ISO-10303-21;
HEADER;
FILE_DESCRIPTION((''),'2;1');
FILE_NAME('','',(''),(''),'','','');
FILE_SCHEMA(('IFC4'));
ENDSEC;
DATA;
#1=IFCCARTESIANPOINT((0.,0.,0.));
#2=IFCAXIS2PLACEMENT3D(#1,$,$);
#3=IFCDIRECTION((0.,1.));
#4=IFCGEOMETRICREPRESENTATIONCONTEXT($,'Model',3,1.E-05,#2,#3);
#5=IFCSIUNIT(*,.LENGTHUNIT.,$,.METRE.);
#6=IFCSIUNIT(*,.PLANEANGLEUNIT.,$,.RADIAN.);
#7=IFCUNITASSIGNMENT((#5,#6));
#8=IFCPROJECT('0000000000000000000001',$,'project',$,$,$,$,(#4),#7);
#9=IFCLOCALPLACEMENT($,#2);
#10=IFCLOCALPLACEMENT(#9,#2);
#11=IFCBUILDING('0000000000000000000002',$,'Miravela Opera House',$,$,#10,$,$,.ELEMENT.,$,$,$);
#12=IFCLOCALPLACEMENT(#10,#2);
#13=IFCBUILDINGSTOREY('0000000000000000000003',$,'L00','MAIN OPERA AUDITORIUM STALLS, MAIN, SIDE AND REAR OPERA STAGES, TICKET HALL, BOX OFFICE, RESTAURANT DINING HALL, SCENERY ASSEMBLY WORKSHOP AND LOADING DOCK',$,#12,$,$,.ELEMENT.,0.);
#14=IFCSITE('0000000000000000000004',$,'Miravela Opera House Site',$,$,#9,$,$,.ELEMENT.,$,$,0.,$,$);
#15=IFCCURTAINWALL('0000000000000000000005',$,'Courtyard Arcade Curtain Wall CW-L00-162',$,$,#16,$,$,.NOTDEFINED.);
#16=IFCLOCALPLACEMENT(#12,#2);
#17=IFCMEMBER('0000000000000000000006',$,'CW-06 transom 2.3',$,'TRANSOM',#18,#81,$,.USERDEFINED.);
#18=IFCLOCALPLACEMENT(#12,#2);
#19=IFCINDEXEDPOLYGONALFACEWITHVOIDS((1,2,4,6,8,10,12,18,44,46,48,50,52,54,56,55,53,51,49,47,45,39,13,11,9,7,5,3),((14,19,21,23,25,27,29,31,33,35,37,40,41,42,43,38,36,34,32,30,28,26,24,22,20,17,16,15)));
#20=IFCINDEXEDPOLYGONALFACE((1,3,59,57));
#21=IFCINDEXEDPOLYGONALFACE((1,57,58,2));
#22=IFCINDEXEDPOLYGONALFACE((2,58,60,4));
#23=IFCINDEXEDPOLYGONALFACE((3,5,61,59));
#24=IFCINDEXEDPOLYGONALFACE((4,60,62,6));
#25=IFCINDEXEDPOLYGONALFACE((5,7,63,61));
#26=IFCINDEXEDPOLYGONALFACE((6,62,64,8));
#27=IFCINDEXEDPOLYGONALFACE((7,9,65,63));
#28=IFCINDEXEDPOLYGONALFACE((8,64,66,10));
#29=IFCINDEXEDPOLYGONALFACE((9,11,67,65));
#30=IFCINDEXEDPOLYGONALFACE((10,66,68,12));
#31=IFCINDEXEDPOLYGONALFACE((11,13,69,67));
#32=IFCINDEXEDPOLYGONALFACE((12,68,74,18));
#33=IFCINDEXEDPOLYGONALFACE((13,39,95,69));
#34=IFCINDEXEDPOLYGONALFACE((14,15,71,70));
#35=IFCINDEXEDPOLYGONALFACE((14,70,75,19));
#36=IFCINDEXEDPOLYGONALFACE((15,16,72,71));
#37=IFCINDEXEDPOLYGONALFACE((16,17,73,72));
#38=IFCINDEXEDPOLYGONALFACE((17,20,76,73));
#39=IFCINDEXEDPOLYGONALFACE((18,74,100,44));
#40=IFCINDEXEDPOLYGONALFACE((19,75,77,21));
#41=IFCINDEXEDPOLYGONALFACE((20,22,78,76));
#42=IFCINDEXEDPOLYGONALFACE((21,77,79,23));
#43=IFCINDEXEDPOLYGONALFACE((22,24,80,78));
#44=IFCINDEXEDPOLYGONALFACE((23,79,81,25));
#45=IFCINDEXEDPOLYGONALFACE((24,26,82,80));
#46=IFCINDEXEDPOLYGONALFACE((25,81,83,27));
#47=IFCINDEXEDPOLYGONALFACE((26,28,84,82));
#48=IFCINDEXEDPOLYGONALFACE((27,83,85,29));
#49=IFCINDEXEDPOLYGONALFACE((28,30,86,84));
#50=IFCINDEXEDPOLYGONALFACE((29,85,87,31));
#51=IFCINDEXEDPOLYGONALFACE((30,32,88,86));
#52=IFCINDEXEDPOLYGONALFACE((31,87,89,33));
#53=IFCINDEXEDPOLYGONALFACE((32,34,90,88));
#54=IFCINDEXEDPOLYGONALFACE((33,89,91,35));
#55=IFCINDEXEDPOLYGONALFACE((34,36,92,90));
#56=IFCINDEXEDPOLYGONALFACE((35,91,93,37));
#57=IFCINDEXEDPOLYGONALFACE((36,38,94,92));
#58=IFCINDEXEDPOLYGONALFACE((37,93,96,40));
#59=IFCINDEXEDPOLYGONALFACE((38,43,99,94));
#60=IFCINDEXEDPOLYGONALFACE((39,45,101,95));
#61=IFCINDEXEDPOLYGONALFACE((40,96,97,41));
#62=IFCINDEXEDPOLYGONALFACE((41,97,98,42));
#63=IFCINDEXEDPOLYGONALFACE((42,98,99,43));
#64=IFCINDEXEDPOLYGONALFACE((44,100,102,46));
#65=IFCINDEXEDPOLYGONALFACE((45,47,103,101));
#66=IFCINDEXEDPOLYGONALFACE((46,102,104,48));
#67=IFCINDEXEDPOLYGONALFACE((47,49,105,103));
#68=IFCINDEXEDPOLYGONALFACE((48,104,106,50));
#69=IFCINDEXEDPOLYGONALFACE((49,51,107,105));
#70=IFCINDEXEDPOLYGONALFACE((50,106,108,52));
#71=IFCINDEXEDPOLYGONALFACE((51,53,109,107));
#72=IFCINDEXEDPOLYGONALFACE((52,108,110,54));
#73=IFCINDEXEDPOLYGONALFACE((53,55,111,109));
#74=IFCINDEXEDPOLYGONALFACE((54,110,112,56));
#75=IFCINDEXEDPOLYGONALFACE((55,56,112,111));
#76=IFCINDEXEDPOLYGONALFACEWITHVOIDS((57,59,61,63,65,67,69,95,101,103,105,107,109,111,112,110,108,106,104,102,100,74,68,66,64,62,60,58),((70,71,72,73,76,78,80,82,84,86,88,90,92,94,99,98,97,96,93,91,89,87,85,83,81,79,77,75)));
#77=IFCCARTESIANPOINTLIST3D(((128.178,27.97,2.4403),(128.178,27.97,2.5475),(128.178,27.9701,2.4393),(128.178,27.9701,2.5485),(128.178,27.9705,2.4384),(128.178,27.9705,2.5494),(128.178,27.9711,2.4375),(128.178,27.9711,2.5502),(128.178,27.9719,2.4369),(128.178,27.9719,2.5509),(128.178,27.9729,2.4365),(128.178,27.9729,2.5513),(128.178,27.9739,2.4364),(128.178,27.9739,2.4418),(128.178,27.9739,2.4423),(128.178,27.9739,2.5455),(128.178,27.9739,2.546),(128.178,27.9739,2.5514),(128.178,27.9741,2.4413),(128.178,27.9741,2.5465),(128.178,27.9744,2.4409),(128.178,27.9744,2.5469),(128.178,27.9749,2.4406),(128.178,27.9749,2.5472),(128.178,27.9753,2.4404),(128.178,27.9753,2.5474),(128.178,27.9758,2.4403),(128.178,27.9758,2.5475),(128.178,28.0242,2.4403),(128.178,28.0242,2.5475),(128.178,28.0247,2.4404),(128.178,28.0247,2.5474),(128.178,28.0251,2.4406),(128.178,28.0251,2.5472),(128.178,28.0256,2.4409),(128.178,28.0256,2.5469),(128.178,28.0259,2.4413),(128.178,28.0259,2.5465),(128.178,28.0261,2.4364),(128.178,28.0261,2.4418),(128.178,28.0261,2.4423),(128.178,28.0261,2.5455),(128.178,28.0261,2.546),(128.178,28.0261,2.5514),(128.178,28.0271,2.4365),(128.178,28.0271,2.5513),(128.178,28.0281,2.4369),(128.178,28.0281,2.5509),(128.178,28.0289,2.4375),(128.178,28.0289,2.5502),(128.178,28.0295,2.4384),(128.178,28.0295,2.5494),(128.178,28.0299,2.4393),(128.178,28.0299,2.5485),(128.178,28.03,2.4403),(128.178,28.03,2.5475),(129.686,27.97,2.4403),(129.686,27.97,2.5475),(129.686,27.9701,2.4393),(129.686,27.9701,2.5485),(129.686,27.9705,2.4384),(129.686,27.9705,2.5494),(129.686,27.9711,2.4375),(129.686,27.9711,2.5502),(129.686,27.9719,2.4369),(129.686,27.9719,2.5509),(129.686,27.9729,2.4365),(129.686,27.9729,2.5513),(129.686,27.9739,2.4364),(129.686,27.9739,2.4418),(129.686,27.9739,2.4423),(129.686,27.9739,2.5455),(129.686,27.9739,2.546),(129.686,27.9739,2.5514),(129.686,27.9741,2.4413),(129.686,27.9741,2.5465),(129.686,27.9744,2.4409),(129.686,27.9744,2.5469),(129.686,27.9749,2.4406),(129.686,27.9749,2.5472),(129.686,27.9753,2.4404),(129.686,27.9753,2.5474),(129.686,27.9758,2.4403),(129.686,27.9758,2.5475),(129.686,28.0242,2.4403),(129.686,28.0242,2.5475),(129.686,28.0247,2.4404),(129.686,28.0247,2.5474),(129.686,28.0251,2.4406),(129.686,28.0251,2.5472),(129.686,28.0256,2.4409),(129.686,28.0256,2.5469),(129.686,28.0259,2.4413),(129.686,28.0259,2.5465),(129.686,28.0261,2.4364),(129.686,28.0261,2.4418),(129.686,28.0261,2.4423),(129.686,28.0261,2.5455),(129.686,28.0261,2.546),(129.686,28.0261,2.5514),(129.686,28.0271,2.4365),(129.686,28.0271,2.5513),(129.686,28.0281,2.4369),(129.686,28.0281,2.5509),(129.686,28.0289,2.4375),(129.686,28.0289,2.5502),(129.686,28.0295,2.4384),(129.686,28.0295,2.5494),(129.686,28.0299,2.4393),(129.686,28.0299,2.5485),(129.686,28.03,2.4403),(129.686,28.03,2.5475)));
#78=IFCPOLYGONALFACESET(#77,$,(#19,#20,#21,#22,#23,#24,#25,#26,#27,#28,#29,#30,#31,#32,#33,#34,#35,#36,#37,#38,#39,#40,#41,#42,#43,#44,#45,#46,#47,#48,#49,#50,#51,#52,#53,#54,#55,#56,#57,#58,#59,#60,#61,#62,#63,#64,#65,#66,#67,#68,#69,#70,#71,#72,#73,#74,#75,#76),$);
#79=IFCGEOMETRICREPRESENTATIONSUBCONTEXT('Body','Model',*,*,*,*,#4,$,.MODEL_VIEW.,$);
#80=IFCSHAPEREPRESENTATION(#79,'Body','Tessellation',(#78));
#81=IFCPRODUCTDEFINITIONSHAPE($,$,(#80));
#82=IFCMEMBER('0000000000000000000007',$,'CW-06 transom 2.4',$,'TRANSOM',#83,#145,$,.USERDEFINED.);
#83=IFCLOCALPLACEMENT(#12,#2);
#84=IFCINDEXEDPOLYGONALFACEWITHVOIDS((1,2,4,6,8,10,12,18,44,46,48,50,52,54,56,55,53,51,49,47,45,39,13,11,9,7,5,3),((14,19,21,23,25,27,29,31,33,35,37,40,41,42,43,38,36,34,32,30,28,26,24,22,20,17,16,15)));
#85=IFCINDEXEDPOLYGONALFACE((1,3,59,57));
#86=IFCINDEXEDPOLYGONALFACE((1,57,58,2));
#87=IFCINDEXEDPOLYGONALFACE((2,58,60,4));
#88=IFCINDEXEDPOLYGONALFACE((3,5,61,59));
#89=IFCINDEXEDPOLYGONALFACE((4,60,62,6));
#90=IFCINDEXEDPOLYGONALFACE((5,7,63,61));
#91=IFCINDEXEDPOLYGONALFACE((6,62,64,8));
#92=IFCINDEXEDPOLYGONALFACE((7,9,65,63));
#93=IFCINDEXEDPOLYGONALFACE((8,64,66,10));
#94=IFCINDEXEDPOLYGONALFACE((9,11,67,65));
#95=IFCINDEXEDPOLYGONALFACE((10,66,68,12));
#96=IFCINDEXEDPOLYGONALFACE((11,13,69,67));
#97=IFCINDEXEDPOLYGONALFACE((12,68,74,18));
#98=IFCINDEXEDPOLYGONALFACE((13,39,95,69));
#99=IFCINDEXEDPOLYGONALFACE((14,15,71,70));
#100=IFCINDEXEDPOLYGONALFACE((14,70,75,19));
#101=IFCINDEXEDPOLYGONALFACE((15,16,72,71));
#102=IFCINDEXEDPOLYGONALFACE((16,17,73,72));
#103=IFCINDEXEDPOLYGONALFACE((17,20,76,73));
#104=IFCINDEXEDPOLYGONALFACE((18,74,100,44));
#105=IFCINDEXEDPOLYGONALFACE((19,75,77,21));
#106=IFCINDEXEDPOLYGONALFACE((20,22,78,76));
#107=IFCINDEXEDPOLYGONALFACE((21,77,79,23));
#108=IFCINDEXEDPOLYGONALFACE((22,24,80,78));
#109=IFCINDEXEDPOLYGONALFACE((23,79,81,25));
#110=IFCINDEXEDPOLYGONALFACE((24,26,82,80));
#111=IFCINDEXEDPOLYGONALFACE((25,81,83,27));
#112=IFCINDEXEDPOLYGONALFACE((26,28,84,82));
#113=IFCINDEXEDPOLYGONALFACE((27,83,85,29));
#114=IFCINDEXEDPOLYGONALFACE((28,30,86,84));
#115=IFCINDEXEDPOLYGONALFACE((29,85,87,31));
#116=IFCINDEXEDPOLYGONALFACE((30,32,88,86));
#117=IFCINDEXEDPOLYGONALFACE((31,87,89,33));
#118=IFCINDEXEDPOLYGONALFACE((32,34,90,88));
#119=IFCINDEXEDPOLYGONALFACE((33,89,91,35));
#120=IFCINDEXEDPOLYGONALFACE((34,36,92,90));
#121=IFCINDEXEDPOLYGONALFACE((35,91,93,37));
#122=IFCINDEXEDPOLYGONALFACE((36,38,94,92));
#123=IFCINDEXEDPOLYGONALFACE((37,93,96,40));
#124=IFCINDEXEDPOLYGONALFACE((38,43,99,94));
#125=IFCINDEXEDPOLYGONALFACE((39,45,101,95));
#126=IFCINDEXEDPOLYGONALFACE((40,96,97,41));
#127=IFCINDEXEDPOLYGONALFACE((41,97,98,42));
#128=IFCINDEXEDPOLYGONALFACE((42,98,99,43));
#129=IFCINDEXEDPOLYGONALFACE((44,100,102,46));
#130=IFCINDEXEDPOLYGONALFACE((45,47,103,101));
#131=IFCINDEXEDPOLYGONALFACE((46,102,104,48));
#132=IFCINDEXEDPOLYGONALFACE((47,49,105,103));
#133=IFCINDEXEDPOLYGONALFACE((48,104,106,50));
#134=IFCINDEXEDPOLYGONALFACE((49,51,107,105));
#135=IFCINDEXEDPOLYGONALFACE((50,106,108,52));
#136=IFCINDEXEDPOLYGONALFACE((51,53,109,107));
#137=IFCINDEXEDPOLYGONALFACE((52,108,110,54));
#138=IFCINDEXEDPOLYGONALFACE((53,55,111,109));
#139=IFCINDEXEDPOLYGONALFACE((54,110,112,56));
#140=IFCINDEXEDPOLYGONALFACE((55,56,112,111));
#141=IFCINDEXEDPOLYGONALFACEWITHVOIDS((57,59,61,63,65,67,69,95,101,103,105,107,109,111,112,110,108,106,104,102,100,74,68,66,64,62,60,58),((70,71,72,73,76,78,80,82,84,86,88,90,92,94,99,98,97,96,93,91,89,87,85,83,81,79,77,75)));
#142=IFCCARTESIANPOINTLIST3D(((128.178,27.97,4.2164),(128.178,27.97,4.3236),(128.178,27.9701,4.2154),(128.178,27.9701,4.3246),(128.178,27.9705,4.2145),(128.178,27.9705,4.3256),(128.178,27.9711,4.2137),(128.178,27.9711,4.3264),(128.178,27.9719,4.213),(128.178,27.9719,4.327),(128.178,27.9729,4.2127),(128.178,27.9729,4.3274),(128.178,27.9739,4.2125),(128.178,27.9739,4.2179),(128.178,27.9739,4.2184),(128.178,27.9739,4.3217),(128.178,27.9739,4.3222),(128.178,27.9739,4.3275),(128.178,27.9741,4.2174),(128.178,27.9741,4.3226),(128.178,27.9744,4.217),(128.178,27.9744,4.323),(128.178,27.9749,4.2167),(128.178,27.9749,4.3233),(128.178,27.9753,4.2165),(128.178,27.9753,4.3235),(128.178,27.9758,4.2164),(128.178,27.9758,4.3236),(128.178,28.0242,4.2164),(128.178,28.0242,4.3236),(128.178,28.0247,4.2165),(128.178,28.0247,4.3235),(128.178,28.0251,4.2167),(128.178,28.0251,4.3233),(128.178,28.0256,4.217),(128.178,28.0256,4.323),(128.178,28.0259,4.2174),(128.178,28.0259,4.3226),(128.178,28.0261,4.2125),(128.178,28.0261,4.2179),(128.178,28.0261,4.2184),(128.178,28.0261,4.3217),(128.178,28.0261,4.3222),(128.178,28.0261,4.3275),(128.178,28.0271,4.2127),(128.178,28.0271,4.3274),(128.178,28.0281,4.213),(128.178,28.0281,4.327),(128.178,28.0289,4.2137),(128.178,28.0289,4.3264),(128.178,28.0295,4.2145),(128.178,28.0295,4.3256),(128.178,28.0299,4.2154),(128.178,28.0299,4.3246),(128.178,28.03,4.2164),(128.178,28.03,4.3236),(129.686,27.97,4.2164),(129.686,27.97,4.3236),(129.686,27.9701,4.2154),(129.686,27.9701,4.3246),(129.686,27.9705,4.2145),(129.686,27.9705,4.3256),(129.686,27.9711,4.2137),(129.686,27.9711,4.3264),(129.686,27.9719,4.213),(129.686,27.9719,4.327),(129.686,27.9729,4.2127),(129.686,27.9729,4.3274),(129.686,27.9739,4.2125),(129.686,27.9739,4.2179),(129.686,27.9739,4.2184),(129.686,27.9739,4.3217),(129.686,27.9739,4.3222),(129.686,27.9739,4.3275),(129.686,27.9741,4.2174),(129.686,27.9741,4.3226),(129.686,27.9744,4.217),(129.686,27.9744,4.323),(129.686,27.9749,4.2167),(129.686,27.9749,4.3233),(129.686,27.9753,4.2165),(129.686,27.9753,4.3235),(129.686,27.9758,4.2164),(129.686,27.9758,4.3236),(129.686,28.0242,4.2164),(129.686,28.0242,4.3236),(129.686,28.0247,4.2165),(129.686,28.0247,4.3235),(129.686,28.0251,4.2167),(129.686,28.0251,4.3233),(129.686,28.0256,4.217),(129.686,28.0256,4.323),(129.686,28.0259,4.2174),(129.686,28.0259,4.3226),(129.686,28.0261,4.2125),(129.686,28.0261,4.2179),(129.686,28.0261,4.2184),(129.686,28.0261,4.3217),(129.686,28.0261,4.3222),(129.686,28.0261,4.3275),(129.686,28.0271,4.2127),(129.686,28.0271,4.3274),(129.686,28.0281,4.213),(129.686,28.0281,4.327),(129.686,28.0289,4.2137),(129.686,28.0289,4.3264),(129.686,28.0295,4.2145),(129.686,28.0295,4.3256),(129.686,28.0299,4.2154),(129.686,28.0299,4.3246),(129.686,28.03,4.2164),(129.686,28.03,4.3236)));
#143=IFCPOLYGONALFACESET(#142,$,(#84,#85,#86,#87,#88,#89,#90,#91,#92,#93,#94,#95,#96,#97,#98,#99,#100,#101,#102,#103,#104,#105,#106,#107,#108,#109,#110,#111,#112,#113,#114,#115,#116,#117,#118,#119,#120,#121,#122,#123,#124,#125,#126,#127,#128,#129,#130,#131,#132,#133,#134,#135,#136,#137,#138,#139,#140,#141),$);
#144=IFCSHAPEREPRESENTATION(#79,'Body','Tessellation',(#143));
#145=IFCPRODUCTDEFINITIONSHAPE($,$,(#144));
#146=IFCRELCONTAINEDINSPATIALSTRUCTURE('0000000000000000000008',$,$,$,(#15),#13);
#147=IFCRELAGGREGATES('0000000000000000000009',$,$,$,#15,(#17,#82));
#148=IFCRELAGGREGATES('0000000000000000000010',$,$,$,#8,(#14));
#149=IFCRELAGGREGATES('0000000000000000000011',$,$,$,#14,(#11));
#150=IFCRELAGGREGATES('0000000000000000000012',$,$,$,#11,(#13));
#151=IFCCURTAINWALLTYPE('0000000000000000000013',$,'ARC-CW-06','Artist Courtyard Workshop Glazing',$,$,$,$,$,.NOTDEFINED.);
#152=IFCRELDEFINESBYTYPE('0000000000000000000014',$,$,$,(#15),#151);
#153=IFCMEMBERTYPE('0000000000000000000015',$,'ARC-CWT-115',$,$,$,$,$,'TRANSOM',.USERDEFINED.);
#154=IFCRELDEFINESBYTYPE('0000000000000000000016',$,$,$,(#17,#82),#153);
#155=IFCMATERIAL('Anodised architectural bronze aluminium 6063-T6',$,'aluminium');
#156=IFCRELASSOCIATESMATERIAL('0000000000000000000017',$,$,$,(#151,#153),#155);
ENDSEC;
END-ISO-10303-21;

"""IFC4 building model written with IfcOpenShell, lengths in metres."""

from ifc_helpers import new_model, si_unit, direction, frame, origin, origin_2d, place, context, subcontext, project, spatial, hollow_rectangle, extrude, material, material_profile, profile_set, type_object, element, aggregate, save


model = new_model("IFC4")

# Units and contexts
model_context = context("Model", 3, precision=1e-05, world=origin(), true_north=direction((0.0, 1.0)))
body_context = subcontext(model_context, "Body", "Model", "MODEL_VIEW")
ifc_project = project(units=[si_unit("LENGTHUNIT", "METRE"), si_unit("PLANEANGLEUNIT", "RADIAN")], contexts=[model_context])

# Site, building, storey
site_placement = place(None, origin())
site = spatial("IfcSite", under=ifc_project, at=site_placement, Name="Miravela Opera House Site", CompositionType="ELEMENT", RefElevation=0.0)
building_placement = place(site_placement, origin())
building = spatial("IfcBuilding", under=site, at=building_placement, Name="Miravela Opera House", CompositionType="ELEMENT")
storey_placement = place(building_placement, origin())
storey = spatial("IfcBuildingStorey", under=building, at=storey_placement, Name="L00", Description="MAIN OPERA AUDITORIUM STALLS, MAIN, SIDE AND REAR OPERA STAGES, TICKET HALL, BOX OFFICE, RESTAURANT DINING HALL, SCENERY ASSEMBLY WORKSHOP AND LOADING DOCK", CompositionType="ELEMENT", Elevation=0.0)

# Shared definitions
ifc_material_1 = material(Name="Anodised architectural bronze aluminium 6063-T6", Category="aluminium")
curtain_wall_type = type_object("IfcCurtainWallType", Name="ARC-CW-06", Description="Artist Courtyard Workshop Glazing", PredefinedType="NOTDEFINED", material=ifc_material_1)

# Curtain wall, members
curtain_wall_1_placement = place(storey_placement, origin())
curtain_wall_1 = element("IfcCurtainWall", 1, at=curtain_wall_1_placement, inside=storey, type_object=curtain_wall_type, Name="Courtyard Arcade Curtain Wall CW-L00-162", PredefinedType="NOTDEFINED")
ifc_material_profile_1 = material_profile(ifc_material_1, hollow_rectangle(XDim=0.0601, YDim=0.115, WallThickness=0.0039, InnerFilletRadius=0.002, OuterFilletRadius=0.0039, at=origin_2d()), Name="CWT-60X115")
ifc_profile_set_1 = profile_set([ifc_material_profile_1])
member_type_1 = type_object("IfcMemberType", Name="ARC-CWT-115", ElementType="TRANSOM", PredefinedType="USERDEFINED", material=ifc_profile_set_1)
member_1_placement = place(storey_placement, frame((128.178, 28.0, 2.4939), z_axis=(1.0, 0.0, 0.0), x_axis=(0.0, 1.0, 0.0)))
member_1 = element("IfcMember", 2, at=member_1_placement, type_object=member_type_1, Name="CW-06 transom 2.3", ObjectType="TRANSOM", PredefinedType="USERDEFINED", context=body_context, shape_type="SweptSolid", body=[
    extrude(hollow_rectangle(XDim=0.0601, YDim=0.115, WallThickness=0.0039, InnerFilletRadius=0.002, OuterFilletRadius=0.0039, at=origin_2d()), origin(), (0.0, 0.0, 1.0), 1.5081),
])
member_2_placement = place(storey_placement, frame((128.178, 28.0, 4.27), z_axis=(1.0, 0.0, 0.0), x_axis=(0.0, 1.0, 0.0)))
member_2 = element("IfcMember", 3, at=member_2_placement, type_object=member_type_1, Name="CW-06 transom 2.4", ObjectType="TRANSOM", PredefinedType="USERDEFINED", context=body_context, shape_type="SweptSolid", body=[
    extrude(hollow_rectangle(XDim=0.0601, YDim=0.115, WallThickness=0.0039, InnerFilletRadius=0.002, OuterFilletRadius=0.0039, at=origin_2d()), origin(), (0.0, 0.0, 1.0), 1.5081),
])

aggregate(curtain_wall_1, [member_1, member_2])

save(model, "model.ifc")
